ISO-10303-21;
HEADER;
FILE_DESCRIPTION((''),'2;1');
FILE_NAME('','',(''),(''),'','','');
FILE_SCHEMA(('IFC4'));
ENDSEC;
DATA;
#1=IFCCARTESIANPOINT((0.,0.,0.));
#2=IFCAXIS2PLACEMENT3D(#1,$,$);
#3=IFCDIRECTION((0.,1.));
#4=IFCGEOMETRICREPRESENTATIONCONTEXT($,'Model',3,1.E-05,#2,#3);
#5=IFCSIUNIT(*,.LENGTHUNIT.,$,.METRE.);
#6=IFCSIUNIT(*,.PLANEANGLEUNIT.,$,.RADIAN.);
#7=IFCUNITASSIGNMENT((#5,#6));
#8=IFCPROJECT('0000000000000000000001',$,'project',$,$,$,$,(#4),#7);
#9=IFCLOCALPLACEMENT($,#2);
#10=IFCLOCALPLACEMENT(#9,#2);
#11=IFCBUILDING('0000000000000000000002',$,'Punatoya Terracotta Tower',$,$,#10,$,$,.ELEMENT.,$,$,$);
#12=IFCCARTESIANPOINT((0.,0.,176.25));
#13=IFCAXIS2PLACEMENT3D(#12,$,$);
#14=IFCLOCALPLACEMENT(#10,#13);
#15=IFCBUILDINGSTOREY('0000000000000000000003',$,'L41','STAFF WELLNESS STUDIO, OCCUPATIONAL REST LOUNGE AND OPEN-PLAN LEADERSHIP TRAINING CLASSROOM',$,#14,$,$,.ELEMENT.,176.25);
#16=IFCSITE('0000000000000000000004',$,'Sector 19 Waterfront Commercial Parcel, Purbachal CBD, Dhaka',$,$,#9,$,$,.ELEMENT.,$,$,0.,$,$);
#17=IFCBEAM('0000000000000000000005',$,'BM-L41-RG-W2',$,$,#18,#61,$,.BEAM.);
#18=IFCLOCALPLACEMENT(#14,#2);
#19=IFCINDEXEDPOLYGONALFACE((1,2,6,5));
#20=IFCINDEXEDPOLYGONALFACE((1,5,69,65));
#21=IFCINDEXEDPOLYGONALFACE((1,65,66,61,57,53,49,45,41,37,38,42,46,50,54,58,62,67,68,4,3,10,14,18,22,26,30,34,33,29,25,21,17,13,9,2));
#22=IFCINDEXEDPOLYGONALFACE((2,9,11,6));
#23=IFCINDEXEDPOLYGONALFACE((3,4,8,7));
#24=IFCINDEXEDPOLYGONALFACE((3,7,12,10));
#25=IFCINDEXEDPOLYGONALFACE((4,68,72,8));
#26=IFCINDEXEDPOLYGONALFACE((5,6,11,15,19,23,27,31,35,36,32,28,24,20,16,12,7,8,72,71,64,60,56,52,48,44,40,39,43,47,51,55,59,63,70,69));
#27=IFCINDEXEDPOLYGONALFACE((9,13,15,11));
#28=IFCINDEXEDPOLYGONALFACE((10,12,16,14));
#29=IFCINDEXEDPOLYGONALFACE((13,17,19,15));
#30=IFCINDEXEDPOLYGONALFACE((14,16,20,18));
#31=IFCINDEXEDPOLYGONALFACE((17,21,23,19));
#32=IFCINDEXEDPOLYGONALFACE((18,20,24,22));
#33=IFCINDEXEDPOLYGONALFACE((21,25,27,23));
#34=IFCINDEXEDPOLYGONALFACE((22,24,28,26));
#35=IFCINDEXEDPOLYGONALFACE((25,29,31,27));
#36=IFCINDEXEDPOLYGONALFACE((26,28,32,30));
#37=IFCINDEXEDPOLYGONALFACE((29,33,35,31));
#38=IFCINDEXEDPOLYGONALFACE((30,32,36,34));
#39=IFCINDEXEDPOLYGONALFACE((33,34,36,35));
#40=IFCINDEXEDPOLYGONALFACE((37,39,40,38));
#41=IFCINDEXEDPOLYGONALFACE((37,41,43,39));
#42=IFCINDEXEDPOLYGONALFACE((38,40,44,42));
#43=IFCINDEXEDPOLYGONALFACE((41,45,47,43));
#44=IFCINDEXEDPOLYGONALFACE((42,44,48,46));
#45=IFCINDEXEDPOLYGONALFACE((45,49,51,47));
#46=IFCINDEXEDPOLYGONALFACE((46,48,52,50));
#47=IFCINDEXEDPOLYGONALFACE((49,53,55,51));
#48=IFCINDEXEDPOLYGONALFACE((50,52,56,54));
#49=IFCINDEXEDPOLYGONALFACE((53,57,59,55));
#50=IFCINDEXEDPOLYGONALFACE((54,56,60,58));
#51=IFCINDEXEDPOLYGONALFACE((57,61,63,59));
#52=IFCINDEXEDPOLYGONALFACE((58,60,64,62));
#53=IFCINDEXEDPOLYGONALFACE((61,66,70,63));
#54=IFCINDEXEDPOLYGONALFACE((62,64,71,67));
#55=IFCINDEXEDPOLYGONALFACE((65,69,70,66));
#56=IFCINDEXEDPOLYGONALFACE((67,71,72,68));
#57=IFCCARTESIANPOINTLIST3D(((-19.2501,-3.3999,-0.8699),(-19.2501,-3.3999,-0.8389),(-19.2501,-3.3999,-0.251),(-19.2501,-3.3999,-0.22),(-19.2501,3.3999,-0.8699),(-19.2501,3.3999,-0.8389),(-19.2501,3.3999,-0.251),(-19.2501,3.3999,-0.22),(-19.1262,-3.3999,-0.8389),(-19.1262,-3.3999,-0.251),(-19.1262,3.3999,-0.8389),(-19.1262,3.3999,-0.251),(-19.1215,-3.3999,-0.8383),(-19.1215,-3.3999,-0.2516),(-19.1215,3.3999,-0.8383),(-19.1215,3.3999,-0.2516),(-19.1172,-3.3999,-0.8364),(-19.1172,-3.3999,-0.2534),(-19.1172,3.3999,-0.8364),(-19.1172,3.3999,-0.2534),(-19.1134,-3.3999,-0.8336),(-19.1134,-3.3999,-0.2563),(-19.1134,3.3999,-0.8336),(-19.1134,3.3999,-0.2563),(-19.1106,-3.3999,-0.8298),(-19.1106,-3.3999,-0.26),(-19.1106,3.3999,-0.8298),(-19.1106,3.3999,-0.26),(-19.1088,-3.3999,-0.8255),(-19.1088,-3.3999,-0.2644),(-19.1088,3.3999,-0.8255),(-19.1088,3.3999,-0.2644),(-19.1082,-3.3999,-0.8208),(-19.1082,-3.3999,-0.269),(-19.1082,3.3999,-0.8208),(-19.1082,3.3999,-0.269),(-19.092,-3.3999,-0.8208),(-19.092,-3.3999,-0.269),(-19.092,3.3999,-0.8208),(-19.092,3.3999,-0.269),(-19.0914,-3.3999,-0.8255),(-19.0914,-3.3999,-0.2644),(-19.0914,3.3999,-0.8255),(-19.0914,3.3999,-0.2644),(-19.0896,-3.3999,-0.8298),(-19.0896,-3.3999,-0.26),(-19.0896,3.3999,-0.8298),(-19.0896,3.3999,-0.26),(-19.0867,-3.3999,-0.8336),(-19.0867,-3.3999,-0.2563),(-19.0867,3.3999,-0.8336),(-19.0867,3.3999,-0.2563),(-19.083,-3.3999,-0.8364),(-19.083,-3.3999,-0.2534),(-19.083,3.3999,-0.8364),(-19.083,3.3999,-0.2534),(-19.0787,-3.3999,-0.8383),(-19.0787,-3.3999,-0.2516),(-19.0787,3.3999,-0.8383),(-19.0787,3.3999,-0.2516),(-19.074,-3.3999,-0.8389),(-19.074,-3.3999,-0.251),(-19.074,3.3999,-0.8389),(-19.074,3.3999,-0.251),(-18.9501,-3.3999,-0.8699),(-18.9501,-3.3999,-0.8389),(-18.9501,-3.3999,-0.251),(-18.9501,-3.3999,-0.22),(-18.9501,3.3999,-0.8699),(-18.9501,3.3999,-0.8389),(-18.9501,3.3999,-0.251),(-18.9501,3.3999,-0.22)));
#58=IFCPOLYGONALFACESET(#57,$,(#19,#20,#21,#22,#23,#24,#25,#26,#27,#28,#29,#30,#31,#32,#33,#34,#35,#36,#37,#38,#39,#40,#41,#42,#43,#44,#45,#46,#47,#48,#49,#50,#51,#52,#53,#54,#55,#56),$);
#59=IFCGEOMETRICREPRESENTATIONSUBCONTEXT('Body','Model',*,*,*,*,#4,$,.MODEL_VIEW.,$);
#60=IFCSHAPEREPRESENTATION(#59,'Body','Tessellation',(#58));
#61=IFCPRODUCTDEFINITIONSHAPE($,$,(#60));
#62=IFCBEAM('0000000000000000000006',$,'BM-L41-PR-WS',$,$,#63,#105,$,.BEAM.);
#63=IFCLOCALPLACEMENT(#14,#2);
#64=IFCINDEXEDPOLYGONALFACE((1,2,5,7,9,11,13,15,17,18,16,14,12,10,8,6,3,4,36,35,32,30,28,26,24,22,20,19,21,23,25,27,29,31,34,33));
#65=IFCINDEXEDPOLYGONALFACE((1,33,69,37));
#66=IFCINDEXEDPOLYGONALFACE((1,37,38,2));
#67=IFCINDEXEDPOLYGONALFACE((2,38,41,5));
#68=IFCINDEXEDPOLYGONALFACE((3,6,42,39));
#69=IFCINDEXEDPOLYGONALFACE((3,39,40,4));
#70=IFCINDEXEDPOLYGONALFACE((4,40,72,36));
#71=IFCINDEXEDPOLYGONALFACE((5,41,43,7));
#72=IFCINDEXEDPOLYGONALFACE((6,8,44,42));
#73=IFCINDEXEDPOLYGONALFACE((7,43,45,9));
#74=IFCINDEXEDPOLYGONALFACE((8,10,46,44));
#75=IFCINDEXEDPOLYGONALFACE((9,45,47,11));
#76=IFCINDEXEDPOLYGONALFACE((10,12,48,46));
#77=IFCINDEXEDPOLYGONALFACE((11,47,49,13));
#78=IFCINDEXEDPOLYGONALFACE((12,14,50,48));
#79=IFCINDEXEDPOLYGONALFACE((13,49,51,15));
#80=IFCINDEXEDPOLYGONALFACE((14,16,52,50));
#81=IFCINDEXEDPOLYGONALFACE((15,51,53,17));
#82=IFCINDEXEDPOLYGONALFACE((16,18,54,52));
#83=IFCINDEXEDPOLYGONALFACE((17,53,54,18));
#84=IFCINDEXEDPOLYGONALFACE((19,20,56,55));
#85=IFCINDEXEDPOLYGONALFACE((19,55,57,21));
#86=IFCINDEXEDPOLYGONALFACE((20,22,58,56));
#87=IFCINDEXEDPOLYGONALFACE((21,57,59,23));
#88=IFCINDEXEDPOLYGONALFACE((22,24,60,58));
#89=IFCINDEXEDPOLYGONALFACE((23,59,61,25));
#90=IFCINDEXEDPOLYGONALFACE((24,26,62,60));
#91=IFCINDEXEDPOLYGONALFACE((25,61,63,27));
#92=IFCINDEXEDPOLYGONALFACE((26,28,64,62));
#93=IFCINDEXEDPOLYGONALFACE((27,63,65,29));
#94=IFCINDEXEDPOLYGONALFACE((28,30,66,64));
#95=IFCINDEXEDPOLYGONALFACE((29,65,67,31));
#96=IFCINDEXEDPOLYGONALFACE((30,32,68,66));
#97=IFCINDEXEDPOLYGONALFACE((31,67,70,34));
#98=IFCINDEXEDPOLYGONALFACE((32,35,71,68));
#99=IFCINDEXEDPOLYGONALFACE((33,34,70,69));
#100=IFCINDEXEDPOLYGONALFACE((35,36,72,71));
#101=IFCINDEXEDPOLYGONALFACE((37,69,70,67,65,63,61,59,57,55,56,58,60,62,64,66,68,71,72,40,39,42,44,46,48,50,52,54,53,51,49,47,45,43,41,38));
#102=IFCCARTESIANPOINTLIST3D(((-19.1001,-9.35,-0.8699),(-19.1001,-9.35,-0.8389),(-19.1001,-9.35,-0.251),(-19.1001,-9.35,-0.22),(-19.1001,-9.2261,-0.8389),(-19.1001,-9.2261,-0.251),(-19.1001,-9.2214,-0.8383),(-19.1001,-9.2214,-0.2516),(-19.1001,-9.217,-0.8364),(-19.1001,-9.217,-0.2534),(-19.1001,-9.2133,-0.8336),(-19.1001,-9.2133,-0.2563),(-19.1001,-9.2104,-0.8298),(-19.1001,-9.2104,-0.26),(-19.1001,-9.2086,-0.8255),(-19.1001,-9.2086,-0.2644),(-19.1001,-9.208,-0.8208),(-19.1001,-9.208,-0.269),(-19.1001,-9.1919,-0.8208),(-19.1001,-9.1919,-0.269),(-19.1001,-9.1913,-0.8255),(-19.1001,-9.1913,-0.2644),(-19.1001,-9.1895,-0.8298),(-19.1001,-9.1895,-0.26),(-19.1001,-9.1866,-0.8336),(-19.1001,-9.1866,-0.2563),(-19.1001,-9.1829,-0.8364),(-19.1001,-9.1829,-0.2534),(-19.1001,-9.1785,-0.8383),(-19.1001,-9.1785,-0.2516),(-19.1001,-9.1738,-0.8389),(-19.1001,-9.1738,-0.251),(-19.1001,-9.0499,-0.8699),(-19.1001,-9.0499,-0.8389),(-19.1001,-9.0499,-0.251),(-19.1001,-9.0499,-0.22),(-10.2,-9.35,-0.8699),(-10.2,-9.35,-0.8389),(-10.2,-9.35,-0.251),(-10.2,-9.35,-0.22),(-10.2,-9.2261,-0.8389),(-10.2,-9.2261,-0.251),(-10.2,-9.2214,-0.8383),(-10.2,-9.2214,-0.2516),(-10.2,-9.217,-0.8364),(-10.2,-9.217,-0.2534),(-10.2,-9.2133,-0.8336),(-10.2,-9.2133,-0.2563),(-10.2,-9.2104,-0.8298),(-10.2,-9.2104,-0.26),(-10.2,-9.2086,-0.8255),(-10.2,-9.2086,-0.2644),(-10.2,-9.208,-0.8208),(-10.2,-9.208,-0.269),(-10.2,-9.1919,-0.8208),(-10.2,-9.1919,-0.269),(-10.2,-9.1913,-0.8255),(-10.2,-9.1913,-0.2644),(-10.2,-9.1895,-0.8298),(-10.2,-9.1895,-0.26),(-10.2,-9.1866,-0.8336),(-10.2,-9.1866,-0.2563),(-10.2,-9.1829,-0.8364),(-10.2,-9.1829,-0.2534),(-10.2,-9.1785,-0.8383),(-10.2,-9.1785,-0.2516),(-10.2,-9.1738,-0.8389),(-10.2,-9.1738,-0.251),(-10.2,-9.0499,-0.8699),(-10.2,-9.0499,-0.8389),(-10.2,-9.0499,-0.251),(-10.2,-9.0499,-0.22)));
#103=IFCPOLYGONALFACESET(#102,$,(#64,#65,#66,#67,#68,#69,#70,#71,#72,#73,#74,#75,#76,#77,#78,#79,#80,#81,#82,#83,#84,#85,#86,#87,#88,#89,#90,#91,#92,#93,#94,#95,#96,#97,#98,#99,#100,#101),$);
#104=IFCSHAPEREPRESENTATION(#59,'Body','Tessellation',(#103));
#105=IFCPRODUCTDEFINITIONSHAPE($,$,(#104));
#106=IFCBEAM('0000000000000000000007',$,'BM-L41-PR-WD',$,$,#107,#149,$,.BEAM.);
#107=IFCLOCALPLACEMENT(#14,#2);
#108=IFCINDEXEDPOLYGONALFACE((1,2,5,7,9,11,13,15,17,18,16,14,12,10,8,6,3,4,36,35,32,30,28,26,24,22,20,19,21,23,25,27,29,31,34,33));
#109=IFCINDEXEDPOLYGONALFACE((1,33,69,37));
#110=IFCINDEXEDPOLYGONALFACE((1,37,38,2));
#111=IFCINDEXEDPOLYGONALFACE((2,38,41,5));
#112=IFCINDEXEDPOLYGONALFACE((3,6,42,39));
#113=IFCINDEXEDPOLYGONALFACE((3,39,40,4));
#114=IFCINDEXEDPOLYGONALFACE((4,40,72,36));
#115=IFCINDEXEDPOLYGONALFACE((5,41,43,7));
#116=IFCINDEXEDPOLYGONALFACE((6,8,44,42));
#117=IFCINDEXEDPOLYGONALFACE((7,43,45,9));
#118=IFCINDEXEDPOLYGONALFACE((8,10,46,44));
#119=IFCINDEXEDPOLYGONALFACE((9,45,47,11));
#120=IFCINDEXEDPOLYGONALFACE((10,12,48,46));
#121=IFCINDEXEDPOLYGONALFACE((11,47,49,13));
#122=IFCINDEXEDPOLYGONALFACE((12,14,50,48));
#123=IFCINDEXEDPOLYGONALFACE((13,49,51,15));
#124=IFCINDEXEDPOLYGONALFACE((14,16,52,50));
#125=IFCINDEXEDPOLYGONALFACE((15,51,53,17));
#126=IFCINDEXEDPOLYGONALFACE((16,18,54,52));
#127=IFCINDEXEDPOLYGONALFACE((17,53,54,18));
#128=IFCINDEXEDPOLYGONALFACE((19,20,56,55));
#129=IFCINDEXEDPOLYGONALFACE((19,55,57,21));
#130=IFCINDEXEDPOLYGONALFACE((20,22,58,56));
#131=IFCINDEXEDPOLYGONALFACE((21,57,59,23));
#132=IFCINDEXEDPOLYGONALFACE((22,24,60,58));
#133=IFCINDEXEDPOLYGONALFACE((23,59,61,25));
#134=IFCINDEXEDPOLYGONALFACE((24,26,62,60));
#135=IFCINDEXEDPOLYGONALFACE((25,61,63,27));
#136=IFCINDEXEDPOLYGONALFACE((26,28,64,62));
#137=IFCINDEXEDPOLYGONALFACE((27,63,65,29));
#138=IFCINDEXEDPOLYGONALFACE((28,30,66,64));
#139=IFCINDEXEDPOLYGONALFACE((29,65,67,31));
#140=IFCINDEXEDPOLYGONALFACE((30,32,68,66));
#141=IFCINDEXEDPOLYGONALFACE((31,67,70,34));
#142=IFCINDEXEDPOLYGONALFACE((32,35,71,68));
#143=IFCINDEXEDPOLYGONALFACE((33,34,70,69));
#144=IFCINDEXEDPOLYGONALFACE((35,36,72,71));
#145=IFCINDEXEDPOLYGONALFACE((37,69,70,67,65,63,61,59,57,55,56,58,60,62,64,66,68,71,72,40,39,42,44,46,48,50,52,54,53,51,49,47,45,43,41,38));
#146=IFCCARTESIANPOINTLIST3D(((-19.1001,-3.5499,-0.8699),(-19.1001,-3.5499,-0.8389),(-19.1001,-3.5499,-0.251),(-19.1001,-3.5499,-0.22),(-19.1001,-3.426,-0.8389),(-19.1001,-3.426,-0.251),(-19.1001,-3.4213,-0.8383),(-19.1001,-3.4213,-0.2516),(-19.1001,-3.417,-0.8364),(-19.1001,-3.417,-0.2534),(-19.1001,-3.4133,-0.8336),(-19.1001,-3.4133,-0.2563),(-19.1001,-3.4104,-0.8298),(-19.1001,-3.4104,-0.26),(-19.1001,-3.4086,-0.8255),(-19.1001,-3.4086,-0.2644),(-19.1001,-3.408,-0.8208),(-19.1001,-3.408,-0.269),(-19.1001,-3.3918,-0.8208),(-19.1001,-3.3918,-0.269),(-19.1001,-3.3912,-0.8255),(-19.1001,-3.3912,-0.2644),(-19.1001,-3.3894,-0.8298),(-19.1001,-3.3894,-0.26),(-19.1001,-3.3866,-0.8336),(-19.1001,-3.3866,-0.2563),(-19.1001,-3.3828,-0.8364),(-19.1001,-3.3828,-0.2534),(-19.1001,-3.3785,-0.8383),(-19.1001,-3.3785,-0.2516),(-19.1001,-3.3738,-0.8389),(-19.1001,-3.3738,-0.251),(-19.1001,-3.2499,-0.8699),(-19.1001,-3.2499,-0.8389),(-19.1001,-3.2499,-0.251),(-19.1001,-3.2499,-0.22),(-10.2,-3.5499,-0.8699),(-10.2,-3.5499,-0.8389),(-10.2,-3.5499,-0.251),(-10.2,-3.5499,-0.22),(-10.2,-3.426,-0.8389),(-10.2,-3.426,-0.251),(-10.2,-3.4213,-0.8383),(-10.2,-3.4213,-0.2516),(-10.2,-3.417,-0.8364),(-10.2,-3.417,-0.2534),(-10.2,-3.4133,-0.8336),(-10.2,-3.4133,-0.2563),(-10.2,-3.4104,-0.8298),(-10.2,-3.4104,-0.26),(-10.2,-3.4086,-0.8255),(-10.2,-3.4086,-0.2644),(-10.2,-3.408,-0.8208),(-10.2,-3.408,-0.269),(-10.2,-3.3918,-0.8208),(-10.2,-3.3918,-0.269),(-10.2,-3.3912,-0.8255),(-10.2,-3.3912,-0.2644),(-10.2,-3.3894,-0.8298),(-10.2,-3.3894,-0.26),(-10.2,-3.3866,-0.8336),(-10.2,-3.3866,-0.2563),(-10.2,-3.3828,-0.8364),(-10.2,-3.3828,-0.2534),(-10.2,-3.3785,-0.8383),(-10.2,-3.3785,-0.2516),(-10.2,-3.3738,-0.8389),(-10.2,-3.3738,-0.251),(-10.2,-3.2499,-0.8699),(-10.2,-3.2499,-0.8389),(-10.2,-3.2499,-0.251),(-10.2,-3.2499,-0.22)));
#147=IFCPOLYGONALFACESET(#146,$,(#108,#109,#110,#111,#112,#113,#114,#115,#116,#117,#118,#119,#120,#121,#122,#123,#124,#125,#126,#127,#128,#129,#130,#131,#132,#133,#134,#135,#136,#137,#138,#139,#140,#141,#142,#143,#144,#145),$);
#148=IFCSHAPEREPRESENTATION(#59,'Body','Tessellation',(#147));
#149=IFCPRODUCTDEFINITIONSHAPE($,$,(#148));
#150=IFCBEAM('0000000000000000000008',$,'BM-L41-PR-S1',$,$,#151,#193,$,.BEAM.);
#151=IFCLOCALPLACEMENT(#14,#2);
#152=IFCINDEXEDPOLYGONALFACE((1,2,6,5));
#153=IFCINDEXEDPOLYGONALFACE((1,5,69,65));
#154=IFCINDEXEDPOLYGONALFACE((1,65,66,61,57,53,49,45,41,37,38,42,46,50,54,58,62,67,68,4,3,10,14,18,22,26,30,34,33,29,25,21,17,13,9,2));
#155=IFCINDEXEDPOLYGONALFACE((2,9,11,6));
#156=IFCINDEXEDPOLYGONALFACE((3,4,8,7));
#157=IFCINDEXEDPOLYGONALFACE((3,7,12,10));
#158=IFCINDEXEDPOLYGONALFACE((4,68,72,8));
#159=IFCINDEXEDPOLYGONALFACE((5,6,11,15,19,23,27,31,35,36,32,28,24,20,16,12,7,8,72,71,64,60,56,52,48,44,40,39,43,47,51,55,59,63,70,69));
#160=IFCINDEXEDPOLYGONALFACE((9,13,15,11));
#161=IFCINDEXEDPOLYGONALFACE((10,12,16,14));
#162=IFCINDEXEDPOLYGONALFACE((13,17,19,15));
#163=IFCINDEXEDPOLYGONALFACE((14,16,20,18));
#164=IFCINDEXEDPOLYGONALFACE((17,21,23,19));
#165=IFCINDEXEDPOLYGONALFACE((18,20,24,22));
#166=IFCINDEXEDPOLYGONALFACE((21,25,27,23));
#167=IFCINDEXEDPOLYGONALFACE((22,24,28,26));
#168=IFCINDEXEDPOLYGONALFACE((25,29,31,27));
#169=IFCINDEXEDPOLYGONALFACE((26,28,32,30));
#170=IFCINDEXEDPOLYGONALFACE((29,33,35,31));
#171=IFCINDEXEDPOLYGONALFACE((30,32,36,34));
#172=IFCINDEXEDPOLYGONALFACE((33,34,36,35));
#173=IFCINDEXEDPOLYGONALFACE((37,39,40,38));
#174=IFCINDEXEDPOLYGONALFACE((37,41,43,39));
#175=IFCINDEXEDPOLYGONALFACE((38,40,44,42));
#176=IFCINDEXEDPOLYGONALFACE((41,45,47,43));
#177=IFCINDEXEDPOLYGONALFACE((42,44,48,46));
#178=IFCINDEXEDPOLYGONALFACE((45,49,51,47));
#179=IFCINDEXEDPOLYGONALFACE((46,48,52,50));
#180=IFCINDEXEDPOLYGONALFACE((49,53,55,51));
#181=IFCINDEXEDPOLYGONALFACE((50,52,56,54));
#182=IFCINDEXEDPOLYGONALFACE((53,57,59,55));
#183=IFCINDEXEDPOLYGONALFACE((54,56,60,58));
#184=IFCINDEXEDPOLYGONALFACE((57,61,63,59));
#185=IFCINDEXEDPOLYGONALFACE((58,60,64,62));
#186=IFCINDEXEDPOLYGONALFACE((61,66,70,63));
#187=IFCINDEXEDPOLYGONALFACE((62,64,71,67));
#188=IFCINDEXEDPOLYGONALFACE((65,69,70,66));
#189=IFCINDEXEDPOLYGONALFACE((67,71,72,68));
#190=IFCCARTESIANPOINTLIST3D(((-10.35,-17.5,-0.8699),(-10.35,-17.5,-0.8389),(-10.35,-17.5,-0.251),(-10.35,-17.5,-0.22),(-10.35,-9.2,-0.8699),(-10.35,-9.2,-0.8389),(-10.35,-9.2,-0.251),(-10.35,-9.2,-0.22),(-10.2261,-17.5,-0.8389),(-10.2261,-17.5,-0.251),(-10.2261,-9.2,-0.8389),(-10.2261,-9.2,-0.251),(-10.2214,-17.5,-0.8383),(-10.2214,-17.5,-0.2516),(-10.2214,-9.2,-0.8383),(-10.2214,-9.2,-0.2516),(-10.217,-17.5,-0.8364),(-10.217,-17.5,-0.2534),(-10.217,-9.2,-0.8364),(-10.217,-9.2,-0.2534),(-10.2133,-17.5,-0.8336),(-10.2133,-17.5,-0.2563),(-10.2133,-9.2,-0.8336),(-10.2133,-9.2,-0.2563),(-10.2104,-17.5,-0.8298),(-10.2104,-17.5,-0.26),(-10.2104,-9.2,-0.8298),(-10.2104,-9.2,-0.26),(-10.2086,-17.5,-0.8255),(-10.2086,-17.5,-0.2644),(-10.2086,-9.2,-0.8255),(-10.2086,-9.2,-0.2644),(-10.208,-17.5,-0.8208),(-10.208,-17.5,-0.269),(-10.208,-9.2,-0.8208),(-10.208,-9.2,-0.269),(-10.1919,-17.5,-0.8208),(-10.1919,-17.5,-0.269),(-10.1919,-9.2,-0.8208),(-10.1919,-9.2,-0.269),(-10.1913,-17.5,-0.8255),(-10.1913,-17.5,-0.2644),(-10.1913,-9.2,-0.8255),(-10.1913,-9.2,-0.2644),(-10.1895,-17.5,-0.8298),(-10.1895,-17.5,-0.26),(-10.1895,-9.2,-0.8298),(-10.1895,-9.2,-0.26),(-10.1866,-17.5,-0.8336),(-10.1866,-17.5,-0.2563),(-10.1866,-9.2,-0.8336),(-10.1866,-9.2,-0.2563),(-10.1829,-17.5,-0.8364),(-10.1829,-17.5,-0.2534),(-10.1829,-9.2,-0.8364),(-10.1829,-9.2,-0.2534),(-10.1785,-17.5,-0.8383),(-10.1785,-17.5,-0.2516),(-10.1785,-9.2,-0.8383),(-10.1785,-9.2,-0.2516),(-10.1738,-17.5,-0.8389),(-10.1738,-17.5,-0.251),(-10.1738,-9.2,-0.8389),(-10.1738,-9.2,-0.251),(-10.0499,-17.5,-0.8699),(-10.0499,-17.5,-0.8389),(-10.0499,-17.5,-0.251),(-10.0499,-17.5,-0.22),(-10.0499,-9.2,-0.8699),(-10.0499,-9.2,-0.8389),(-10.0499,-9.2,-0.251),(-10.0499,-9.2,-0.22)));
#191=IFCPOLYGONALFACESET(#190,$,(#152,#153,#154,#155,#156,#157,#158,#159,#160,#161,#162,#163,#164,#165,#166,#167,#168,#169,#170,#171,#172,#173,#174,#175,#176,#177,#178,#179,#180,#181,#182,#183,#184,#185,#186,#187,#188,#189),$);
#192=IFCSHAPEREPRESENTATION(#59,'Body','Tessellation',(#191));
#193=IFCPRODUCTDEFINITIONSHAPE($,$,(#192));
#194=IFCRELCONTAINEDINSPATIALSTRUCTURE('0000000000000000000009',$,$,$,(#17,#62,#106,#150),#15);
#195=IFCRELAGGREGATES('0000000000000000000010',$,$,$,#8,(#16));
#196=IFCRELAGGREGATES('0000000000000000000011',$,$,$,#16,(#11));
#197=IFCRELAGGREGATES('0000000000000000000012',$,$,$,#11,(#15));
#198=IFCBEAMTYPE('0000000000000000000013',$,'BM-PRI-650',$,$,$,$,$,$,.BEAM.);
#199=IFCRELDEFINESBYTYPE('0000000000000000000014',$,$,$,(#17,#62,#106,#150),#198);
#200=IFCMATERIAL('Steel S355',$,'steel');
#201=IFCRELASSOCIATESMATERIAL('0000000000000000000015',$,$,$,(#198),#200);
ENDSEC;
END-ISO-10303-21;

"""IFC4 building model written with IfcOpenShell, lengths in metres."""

from ifc_helpers import new_model, si_unit, direction, frame, origin, origin_2d, place, context, subcontext, project, spatial, i_section, extrude, material, material_profile, profile_set, type_object, element, save


model = new_model("IFC4")

# Units and contexts
model_context = context("Model", 3, precision=1e-05, world=origin(), true_north=direction((0.0, 1.0)))
body_context = subcontext(model_context, "Body", "Model", "MODEL_VIEW")
ifc_project = project(units=[si_unit("LENGTHUNIT", "METRE"), si_unit("PLANEANGLEUNIT", "RADIAN")], contexts=[model_context])

# Site, building, storey
site_placement = place(None, origin())
site = spatial("IfcSite", under=ifc_project, at=site_placement, Name="Sector 19 Waterfront Commercial Parcel, Purbachal CBD, Dhaka", CompositionType="ELEMENT", RefElevation=0.0)
building_placement = place(site_placement, origin())
building = spatial("IfcBuilding", under=site, at=building_placement, Name="Punatoya Terracotta Tower", CompositionType="ELEMENT")
storey_placement = place(building_placement, frame((0.0, 0.0, 176.25)))
storey = spatial("IfcBuildingStorey", under=building, at=storey_placement, Name="L41", Description="STAFF WELLNESS STUDIO, OCCUPATIONAL REST LOUNGE AND OPEN-PLAN LEADERSHIP TRAINING CLASSROOM", CompositionType="ELEMENT", Elevation=176.25)

# Beams
ifc_material_1 = material(Name="Steel S355", Category="steel")
ifc_material_profile_1 = material_profile(ifc_material_1, i_section(OverallWidth=0.3, OverallDepth=0.6499, WebThickness=0.0161, FlangeThickness=0.031, FilletRadius=0.0181, at=origin_2d()))
ifc_profile_set_1 = profile_set([ifc_material_profile_1], Name="Steel S355")
beam_type_1 = type_object("IfcBeamType", Name="BM-PRI-650", PredefinedType="BEAM", material=ifc_profile_set_1)
beam_1_placement = place(storey_placement, frame((-19.1001, -3.3999, -0.5449), z_axis=(0.0, 1.0, 0.0), x_axis=(-1.0, 0.0, 0.0)))
element("IfcBeam", 1, at=beam_1_placement, inside=storey, type_object=beam_type_1, Name="BM-L41-RG-W2", PredefinedType="BEAM", context=body_context, shape_type="SweptSolid", body=[
    extrude(i_section(OverallWidth=0.3, OverallDepth=0.6499, WebThickness=0.0161, FlangeThickness=0.031, FilletRadius=0.0181, at=origin_2d()), origin(), (0.0, 0.0, 1.0), 6.7998),
])
for number, where, z_axis, x_axis, name in (
    (2, (-19.1001, -9.2, -0.5449), (1.0, 0.0, 0.0), (0.0, 1.0, 0.0), "BM-L41-PR-WS"),
    (3, (-19.1001, -3.3999, -0.5449), (1.0, 0.0, 0.0), (0.0, 1.0, 0.0), "BM-L41-PR-WD"),
):
    element("IfcBeam", number, at=place(storey_placement, frame(where, z_axis=z_axis, x_axis=x_axis)), inside=storey, type_object=beam_type_1, Name=name, PredefinedType="BEAM", context=body_context, shape_type="SweptSolid", body=[
        extrude(i_section(OverallWidth=0.3, OverallDepth=0.6499, WebThickness=0.0161, FlangeThickness=0.031, FilletRadius=0.0181, at=origin_2d()), origin(), (0.0, 0.0, 1.0), 8.9001),
    ])
for number, where, z_axis, x_axis, name in (
    (4, (-10.2, -17.5, -0.5449), (0.0, 1.0, 0.0), (-1.0, 0.0, 0.0), "BM-L41-PR-S1"),
):
    element("IfcBeam", number, at=place(storey_placement, frame(where, z_axis=z_axis, x_axis=x_axis)), inside=storey, type_object=beam_type_1, Name=name, PredefinedType="BEAM", context=body_context, shape_type="SweptSolid", body=[
        extrude(i_section(OverallWidth=0.3, OverallDepth=0.6499, WebThickness=0.0161, FlangeThickness=0.031, FilletRadius=0.0181, at=origin_2d()), origin(), (0.0, 0.0, 1.0), 8.3),
    ])

save(model, "model.ifc")
